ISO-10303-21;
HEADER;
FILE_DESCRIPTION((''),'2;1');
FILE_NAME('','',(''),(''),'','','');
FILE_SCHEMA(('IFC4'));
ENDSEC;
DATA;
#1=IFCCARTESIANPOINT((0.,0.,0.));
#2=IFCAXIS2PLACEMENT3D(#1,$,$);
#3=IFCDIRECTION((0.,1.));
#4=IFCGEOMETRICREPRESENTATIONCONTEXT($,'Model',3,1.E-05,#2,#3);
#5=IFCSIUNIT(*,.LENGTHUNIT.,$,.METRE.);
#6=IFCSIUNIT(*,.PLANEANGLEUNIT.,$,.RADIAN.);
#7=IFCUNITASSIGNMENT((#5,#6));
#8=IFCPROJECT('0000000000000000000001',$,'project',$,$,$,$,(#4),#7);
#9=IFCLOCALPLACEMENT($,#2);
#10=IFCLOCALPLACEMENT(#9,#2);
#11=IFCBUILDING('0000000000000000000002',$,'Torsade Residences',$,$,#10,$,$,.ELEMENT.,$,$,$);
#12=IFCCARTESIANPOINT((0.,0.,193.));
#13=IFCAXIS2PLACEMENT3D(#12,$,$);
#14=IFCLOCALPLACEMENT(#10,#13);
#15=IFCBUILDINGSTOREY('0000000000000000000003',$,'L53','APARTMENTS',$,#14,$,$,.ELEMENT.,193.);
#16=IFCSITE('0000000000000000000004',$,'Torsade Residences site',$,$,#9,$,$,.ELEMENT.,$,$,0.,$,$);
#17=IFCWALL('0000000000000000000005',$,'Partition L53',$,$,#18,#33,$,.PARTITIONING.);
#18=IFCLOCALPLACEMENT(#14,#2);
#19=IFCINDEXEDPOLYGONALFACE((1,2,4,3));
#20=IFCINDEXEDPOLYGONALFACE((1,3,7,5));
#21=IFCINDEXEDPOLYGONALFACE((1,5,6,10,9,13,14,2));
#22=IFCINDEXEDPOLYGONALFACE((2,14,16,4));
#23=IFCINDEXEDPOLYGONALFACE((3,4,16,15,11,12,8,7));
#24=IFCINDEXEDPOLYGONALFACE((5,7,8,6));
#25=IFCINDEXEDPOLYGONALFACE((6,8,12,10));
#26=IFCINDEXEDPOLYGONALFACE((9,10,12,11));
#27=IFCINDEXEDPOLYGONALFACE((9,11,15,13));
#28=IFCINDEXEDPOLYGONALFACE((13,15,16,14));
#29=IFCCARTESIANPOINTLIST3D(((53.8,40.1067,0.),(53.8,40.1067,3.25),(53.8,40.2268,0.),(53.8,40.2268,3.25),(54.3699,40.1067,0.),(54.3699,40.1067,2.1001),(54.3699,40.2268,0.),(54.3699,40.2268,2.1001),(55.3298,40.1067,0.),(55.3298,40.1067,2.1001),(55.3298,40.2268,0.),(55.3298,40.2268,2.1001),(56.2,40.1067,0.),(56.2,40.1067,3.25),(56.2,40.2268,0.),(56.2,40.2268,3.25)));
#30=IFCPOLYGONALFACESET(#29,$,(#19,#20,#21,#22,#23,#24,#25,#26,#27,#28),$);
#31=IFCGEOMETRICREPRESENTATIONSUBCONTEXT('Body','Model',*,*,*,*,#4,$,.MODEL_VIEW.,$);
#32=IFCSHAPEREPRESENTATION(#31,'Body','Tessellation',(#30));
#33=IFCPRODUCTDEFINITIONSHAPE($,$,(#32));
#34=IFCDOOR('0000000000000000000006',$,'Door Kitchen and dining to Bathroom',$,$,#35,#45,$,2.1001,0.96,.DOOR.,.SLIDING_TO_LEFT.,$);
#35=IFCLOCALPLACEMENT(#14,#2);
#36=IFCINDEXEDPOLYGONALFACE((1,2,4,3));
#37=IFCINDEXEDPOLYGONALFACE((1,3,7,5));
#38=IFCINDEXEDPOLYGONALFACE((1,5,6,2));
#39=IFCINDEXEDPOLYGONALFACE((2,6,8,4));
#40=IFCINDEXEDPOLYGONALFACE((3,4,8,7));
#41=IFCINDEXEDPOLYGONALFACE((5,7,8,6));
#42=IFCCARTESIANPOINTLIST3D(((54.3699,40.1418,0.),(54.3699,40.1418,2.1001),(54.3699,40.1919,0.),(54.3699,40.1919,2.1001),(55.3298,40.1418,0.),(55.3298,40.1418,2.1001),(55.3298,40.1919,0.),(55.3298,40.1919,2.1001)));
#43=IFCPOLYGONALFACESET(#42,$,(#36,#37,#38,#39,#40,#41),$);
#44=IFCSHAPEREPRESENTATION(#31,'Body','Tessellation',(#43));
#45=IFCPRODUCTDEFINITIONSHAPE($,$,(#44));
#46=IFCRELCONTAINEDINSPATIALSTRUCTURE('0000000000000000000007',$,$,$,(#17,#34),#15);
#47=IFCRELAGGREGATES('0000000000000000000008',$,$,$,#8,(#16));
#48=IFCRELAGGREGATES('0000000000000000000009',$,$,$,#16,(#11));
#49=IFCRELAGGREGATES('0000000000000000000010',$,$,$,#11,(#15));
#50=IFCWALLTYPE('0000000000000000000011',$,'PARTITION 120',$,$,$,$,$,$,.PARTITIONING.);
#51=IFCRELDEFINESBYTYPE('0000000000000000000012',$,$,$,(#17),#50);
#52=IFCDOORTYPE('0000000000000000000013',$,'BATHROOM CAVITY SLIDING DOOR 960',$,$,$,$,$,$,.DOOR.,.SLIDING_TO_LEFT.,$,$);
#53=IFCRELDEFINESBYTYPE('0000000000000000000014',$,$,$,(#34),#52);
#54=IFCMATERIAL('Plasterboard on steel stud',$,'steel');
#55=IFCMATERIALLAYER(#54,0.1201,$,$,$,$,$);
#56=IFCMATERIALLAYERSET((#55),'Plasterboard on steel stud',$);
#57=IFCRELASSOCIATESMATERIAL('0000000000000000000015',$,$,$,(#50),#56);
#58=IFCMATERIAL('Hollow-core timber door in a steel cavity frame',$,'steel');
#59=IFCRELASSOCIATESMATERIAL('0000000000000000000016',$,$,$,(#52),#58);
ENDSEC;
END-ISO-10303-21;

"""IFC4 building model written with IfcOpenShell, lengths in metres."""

from ifc_helpers import new_model, si_unit, direction, frame, frame_2d, origin, place, context, subcontext, project, spatial, rectangle, extrude, material, layer, layer_set, type_object, element, fill, save


model = new_model("IFC4")

# Units and contexts
model_context = context("Model", 3, precision=1e-05, world=origin(), true_north=direction((0.0, 1.0)))
body_context = subcontext(model_context, "Body", "Model", "MODEL_VIEW")
ifc_project = project(units=[si_unit("LENGTHUNIT", "METRE"), si_unit("PLANEANGLEUNIT", "RADIAN")], contexts=[model_context])

# Site, building, storey
site_placement = place(None, origin())
site = spatial("IfcSite", under=ifc_project, at=site_placement, Name="Torsade Residences site", CompositionType="ELEMENT", RefElevation=0.0)
building_placement = place(site_placement, origin())
building = spatial("IfcBuilding", under=site, at=building_placement, Name="Torsade Residences", CompositionType="ELEMENT")
storey_placement = place(building_placement, frame((0.0, 0.0, 193.0)))
storey = spatial("IfcBuildingStorey", under=building, at=storey_placement, Name="L53", Description="APARTMENTS", CompositionType="ELEMENT", Elevation=193.0)

# Wall, opening, door
ifc_material_1 = material(Name="Plasterboard on steel stud", Category="steel")
ifc_layer_1 = layer(ifc_material_1, 0.1201)
ifc_layer_set_1 = layer_set([ifc_layer_1], Name="Plasterboard on steel stud")
wall_type_1 = type_object("IfcWallType", Name="PARTITION 120", PredefinedType="PARTITIONING", material=ifc_layer_set_1)
ifc_material_2 = material(Name="Hollow-core timber door in a steel cavity frame", Category="steel")
door_type_1 = type_object("IfcDoorType", Name="BATHROOM CAVITY SLIDING DOOR 960", OperationType="SLIDING_TO_LEFT", PredefinedType="DOOR", material=ifc_material_2)
wall_1_placement = place(storey_placement, frame((56.2, 40.1667, 0.0), z_axis=(0.0, 0.0, 1.0), x_axis=(-1.0, 0.0, 0.0)))
wall_1 = element("IfcWall", 1, at=wall_1_placement, inside=storey, type_object=wall_type_1, Name="Partition L53", PredefinedType="PARTITIONING", context=body_context, shape_type="SweptSolid", body=[
    extrude(rectangle(XDim=2.3999, YDim=0.1201, at=frame_2d((1.2, 0.0))), origin(), (0.0, 0.0, 1.0), 3.25),
])
opening_1_placement = place(wall_1_placement, frame((0.8701, 0.0, 0.0)))
opening_1 = element("IfcOpeningElement", 2, at=opening_1_placement, cuts=wall_1, PredefinedType="OPENING", context=body_context, shape_type="SweptSolid", body=[
    extrude(rectangle(XDim=0.96, YDim=2.1001, at=frame_2d((0.48, 1.05))), frame((0.0, 0.0701, 0.0), z_axis=(0.0, -1.0, 0.0), x_axis=(1.0, 0.0, 0.0)), (0.0, 0.0, 1.0), 0.1401),
])
door_1_placement = place(opening_1_placement, origin())
door_1 = element("IfcDoor", 3, at=door_1_placement, inside=storey, type_object=door_type_1, Name="Door Kitchen and dining to Bathroom", OperationType="SLIDING_TO_LEFT", OverallHeight=2.1001, OverallWidth=0.96, PredefinedType="DOOR", context=body_context, shape_type="SweptSolid", body=[
    extrude(rectangle(XDim=0.96, YDim=2.1001, at=frame_2d((0.48, 1.05))), frame((0.0, 0.0249, 0.0), z_axis=(0.0, -1.0, 0.0), x_axis=(1.0, 0.0, 0.0)), (0.0, 0.0, 1.0), 0.05),
])
fill(opening_1, door_1)

save(model, "model.ifc")
